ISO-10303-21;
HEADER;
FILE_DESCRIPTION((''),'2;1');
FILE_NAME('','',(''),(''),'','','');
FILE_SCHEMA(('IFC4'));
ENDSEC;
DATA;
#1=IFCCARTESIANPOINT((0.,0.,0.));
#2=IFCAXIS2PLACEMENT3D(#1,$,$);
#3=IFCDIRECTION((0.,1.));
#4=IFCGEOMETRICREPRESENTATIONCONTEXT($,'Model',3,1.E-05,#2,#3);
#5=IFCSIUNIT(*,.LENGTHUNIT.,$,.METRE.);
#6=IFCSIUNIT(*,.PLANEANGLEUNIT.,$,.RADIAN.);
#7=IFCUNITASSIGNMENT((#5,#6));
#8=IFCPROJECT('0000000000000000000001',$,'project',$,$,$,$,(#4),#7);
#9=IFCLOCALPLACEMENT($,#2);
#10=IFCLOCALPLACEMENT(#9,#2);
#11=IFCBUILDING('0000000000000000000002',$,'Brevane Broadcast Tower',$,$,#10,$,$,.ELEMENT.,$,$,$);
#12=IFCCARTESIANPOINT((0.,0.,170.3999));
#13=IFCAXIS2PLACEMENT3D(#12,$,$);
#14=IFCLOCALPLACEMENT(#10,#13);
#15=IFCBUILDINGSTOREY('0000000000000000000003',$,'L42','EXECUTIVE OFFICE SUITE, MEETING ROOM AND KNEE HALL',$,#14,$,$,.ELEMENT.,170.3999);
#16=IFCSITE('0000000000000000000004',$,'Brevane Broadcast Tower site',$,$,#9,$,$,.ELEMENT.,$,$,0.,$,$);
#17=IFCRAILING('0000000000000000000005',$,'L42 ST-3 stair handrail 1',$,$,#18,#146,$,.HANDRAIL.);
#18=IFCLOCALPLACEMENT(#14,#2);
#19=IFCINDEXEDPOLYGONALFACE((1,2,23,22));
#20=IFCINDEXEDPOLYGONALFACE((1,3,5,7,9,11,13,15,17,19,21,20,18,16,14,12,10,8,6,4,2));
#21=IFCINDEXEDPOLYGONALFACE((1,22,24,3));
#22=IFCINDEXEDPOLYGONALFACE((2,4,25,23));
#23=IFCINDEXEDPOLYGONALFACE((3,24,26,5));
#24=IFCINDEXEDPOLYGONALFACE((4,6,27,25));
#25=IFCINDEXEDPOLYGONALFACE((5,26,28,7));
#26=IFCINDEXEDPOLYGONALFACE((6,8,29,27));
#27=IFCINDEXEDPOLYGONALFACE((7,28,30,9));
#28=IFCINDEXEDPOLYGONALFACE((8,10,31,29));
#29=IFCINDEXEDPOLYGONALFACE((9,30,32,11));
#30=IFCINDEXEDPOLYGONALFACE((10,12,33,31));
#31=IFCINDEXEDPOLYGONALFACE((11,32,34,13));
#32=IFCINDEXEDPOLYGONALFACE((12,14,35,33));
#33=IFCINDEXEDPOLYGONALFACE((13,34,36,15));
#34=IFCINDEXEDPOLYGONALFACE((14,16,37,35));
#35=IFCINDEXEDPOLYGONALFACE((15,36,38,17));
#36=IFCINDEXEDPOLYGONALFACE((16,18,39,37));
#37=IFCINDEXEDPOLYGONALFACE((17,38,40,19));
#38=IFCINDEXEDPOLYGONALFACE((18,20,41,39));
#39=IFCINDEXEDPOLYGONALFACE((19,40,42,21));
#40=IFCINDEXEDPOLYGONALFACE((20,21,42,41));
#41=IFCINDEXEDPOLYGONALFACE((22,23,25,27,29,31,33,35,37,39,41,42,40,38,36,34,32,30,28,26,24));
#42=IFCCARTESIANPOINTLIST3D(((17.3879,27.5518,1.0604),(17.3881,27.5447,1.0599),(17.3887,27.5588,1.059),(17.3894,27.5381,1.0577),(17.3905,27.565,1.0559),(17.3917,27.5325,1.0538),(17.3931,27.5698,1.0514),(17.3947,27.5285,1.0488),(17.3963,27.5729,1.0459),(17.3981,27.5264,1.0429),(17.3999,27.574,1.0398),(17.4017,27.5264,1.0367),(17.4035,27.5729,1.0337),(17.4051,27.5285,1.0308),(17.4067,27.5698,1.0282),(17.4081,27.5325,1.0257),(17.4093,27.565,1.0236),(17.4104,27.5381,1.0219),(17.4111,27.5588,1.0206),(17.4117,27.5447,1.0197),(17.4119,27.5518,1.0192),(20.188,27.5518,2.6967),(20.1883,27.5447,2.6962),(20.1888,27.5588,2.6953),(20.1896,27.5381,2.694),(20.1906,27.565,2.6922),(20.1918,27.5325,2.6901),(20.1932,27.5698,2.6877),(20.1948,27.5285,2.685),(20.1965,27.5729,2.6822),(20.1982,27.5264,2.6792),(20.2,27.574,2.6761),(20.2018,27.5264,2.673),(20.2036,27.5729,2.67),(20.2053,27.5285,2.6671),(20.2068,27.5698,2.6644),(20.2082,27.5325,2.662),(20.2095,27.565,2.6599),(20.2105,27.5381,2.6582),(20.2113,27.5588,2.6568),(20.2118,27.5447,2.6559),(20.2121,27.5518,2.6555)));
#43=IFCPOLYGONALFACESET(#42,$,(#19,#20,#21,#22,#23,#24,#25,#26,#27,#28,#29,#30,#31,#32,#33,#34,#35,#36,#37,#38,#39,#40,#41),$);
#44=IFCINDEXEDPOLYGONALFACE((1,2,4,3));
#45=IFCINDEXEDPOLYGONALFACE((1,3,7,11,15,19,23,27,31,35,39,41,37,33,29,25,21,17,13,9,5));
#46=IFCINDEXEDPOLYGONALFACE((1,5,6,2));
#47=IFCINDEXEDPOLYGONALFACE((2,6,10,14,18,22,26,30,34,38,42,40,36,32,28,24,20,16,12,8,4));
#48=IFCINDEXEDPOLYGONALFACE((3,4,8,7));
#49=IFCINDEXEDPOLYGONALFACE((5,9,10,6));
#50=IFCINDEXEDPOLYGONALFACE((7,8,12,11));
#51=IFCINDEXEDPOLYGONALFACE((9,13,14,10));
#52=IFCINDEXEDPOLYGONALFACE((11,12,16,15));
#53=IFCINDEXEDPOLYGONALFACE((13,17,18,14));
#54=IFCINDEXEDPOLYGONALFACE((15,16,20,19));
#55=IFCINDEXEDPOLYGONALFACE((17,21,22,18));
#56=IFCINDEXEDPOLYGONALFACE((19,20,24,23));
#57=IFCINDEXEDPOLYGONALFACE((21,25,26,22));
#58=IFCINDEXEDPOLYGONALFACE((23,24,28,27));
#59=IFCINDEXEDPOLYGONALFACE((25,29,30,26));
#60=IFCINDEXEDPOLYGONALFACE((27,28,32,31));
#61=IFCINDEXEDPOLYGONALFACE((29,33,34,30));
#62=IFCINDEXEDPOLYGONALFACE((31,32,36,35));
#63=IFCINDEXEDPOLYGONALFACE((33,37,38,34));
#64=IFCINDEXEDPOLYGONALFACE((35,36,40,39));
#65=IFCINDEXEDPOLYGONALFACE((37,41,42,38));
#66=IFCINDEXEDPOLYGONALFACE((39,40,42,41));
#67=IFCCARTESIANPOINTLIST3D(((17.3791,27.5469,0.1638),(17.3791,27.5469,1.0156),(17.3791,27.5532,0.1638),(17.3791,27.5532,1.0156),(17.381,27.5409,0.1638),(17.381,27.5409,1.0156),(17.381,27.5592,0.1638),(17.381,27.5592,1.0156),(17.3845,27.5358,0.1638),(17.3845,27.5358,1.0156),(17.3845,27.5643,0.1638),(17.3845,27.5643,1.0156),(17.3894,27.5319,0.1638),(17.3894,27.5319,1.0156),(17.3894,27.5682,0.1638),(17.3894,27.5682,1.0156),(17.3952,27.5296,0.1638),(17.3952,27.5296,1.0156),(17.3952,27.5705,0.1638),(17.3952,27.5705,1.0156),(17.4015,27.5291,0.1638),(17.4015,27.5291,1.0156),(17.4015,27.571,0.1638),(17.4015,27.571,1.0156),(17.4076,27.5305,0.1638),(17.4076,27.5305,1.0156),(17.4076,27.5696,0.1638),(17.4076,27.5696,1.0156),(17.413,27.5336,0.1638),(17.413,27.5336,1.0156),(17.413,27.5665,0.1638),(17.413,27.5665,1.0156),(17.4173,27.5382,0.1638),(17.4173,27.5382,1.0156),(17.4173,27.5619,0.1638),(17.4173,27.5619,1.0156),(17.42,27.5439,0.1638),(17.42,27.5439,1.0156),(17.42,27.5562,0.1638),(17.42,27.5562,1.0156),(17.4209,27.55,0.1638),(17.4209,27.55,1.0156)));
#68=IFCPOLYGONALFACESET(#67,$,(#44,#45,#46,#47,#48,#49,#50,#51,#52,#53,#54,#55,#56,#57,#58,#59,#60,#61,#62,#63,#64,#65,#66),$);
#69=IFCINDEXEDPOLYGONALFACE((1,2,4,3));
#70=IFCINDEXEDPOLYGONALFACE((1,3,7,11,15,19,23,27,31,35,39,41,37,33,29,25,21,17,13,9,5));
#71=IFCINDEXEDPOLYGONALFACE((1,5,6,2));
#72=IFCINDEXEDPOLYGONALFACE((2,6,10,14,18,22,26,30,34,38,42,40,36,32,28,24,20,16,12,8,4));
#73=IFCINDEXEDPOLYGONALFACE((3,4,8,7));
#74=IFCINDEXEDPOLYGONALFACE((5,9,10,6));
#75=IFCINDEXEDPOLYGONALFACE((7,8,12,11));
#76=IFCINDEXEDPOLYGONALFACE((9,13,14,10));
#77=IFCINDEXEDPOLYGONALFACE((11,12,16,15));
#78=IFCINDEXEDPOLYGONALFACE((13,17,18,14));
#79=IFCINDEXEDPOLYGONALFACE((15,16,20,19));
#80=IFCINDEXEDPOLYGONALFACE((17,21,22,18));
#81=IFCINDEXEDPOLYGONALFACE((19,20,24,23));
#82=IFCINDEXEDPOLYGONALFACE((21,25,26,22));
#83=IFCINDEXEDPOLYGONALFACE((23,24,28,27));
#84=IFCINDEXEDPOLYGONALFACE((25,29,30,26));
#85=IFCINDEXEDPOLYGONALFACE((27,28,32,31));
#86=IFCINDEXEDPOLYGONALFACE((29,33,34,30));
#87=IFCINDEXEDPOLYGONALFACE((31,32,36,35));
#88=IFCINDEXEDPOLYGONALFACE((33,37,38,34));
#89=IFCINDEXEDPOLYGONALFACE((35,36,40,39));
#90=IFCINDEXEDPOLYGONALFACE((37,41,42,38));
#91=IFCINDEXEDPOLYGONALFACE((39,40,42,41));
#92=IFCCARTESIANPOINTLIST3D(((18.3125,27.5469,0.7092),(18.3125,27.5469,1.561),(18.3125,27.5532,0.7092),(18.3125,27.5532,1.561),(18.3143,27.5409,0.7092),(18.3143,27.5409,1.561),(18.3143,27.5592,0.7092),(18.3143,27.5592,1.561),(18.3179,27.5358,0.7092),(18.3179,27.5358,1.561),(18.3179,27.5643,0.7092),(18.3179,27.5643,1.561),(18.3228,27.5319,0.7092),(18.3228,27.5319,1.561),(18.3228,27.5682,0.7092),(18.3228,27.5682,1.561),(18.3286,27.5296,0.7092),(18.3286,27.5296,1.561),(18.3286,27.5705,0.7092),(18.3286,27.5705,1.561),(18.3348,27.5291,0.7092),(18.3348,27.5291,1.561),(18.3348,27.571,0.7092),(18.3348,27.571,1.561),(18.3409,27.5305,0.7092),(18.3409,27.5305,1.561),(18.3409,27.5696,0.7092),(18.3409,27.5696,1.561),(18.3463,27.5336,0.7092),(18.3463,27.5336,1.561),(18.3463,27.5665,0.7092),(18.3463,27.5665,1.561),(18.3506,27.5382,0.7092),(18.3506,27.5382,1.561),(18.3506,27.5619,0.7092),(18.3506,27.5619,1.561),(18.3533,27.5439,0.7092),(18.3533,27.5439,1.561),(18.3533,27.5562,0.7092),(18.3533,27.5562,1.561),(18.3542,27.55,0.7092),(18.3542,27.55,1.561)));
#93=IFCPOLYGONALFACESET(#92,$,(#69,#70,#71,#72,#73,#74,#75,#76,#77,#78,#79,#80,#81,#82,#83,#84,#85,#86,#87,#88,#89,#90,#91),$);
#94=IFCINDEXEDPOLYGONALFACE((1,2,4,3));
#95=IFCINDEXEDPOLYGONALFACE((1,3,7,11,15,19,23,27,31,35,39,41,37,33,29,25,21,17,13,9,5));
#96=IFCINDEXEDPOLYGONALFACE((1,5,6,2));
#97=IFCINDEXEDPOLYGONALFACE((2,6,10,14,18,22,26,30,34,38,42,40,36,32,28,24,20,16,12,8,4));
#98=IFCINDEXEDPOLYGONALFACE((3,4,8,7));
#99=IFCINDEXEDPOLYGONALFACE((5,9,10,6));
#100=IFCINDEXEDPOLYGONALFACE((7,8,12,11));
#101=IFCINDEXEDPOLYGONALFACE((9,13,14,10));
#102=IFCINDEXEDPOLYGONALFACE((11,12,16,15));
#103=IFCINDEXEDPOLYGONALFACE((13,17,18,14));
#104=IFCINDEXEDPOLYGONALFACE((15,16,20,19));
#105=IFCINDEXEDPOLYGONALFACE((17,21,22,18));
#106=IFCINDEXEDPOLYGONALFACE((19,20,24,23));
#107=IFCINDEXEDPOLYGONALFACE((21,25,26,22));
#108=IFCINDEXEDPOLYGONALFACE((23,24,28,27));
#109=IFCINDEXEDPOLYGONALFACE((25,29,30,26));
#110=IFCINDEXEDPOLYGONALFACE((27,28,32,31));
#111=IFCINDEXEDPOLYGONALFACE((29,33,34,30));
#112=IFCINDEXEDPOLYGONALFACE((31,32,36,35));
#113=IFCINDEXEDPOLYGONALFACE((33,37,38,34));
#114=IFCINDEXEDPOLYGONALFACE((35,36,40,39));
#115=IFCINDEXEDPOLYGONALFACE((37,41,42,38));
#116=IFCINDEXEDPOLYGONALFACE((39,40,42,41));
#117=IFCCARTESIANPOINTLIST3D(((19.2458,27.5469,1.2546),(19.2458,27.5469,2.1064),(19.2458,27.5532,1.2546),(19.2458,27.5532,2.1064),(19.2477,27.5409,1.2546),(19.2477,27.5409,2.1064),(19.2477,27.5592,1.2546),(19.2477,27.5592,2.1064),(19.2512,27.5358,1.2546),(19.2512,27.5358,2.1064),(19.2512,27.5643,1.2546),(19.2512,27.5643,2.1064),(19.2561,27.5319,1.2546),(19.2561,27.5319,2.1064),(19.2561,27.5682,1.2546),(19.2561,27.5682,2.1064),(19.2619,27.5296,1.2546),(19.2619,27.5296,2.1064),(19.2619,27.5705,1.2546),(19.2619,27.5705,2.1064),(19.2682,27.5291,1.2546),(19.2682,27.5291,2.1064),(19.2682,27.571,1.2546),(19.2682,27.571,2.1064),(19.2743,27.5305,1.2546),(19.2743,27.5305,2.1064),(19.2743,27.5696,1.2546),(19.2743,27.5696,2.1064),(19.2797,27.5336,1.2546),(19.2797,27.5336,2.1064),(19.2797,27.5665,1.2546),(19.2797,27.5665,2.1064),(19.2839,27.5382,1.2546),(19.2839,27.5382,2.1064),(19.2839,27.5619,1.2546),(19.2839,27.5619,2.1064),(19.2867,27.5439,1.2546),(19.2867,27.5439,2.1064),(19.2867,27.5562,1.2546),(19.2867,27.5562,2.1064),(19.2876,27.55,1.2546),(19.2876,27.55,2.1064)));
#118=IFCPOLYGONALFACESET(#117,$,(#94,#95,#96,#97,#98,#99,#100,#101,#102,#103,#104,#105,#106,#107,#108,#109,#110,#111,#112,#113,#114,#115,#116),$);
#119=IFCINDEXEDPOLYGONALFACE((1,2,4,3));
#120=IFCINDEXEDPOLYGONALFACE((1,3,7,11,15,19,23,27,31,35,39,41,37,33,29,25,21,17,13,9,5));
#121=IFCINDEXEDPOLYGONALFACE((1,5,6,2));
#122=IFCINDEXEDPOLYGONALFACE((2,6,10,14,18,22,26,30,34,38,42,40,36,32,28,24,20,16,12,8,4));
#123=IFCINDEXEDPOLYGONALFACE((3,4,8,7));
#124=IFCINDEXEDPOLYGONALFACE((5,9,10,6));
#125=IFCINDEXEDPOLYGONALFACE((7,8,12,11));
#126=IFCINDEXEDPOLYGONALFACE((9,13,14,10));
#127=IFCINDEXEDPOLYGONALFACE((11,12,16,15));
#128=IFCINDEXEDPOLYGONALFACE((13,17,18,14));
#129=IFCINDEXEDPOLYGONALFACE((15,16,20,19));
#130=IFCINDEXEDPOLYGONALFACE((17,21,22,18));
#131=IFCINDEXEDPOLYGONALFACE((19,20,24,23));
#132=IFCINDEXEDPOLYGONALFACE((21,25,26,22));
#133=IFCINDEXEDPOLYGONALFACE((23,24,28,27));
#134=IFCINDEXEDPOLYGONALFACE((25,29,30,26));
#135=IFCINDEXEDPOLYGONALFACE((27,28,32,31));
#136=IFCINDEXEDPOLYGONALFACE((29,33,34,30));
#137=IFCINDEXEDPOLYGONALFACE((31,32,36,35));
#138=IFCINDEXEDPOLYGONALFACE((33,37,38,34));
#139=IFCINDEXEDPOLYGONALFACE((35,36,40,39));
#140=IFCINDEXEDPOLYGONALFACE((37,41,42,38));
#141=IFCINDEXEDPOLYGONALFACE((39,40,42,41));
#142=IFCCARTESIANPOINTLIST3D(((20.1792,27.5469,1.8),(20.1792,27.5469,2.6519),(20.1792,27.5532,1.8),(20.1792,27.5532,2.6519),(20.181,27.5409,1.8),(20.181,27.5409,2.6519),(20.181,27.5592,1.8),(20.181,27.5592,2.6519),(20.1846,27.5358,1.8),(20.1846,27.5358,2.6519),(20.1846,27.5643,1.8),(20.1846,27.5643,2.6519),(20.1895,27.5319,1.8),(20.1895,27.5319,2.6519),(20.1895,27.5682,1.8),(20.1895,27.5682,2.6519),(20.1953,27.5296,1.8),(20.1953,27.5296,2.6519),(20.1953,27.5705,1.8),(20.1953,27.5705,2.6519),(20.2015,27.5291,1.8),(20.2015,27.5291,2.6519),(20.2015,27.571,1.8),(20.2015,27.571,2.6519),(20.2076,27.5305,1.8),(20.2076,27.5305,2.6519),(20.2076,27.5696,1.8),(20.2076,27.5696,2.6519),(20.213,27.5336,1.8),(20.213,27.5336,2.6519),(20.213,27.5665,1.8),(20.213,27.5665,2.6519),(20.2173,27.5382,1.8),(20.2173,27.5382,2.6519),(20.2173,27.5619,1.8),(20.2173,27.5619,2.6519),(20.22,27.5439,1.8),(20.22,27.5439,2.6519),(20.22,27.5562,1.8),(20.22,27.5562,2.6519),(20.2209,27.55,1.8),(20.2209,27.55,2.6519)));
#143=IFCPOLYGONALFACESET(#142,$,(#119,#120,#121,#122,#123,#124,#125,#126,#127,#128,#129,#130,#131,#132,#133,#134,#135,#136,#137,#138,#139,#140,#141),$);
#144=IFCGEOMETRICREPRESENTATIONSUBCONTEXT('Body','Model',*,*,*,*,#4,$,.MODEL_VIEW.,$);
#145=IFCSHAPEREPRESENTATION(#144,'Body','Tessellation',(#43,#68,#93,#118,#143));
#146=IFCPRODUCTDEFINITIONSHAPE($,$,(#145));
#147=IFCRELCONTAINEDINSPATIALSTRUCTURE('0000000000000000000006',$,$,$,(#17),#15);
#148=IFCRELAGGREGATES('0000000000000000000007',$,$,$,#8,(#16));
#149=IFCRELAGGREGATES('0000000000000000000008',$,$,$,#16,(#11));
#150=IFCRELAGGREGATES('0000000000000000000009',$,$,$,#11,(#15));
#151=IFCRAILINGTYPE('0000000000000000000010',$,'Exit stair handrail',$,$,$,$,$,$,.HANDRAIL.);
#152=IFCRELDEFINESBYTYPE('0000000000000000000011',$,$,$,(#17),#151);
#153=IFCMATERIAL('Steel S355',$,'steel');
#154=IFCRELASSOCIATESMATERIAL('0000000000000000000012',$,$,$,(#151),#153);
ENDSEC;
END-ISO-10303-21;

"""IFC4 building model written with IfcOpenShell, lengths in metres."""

from ifc_helpers import new_model, si_unit, direction, frame, origin, origin_2d, place, context, subcontext, project, spatial, circle, extrude, material, type_object, element, save


model = new_model("IFC4")

# Units and contexts
model_context = context("Model", 3, precision=1e-05, world=origin(), true_north=direction((0.0, 1.0)))
body_context = subcontext(model_context, "Body", "Model", "MODEL_VIEW")
ifc_project = project(units=[si_unit("LENGTHUNIT", "METRE"), si_unit("PLANEANGLEUNIT", "RADIAN")], contexts=[model_context])

# Site, building, storey
site_placement = place(None, origin())
site = spatial("IfcSite", under=ifc_project, at=site_placement, Name="Brevane Broadcast Tower site", CompositionType="ELEMENT", RefElevation=0.0)
building_placement = place(site_placement, origin())
building = spatial("IfcBuilding", under=site, at=building_placement, Name="Brevane Broadcast Tower", CompositionType="ELEMENT")
storey_placement = place(building_placement, frame((0.0, 0.0, 170.3999)))
storey = spatial("IfcBuildingStorey", under=building, at=storey_placement, Name="L42", Description="EXECUTIVE OFFICE SUITE, MEETING ROOM AND KNEE HALL", CompositionType="ELEMENT", Elevation=170.3999)

# Railing
ifc_material_1 = material(Name="Steel S355", Category="steel")
railing_type_1 = type_object("IfcRailingType", Name="Exit stair handrail", PredefinedType="HANDRAIL", material=ifc_material_1)
railing_1_placement = place(storey_placement, frame((17.3999, 27.55, 0.1638)))
element("IfcRailing", 1, at=railing_1_placement, inside=storey, type_object=railing_type_1, Name="L42 ST-3 stair handrail 1", PredefinedType="HANDRAIL", context=body_context, shape_type="SweptSolid", body=[
    extrude(circle(Radius=0.0239, at=origin_2d()), frame((0.0, 0.0, 0.876), z_axis=(0.863394, 0.0, 0.504531), x_axis=(0.0, 1.0, 0.0)), (0.0, 0.0, 1.0), 3.2432),
    extrude(circle(Radius=0.021, at=origin_2d()), origin(), (0.0, 0.0, 1.0), 0.8518),
    extrude(circle(Radius=0.021, at=origin_2d()), frame((0.9333, 0.0, 0.5454)), (0.0, 0.0, 1.0), 0.8518),
    extrude(circle(Radius=0.021, at=origin_2d()), frame((1.8667, 0.0, 1.0908)), (0.0, 0.0, 1.0), 0.8518),
    extrude(circle(Radius=0.021, at=origin_2d()), frame((2.8, 0.0, 1.6362)), (0.0, 0.0, 1.0), 0.8518),
])

save(model, "model.ifc")
